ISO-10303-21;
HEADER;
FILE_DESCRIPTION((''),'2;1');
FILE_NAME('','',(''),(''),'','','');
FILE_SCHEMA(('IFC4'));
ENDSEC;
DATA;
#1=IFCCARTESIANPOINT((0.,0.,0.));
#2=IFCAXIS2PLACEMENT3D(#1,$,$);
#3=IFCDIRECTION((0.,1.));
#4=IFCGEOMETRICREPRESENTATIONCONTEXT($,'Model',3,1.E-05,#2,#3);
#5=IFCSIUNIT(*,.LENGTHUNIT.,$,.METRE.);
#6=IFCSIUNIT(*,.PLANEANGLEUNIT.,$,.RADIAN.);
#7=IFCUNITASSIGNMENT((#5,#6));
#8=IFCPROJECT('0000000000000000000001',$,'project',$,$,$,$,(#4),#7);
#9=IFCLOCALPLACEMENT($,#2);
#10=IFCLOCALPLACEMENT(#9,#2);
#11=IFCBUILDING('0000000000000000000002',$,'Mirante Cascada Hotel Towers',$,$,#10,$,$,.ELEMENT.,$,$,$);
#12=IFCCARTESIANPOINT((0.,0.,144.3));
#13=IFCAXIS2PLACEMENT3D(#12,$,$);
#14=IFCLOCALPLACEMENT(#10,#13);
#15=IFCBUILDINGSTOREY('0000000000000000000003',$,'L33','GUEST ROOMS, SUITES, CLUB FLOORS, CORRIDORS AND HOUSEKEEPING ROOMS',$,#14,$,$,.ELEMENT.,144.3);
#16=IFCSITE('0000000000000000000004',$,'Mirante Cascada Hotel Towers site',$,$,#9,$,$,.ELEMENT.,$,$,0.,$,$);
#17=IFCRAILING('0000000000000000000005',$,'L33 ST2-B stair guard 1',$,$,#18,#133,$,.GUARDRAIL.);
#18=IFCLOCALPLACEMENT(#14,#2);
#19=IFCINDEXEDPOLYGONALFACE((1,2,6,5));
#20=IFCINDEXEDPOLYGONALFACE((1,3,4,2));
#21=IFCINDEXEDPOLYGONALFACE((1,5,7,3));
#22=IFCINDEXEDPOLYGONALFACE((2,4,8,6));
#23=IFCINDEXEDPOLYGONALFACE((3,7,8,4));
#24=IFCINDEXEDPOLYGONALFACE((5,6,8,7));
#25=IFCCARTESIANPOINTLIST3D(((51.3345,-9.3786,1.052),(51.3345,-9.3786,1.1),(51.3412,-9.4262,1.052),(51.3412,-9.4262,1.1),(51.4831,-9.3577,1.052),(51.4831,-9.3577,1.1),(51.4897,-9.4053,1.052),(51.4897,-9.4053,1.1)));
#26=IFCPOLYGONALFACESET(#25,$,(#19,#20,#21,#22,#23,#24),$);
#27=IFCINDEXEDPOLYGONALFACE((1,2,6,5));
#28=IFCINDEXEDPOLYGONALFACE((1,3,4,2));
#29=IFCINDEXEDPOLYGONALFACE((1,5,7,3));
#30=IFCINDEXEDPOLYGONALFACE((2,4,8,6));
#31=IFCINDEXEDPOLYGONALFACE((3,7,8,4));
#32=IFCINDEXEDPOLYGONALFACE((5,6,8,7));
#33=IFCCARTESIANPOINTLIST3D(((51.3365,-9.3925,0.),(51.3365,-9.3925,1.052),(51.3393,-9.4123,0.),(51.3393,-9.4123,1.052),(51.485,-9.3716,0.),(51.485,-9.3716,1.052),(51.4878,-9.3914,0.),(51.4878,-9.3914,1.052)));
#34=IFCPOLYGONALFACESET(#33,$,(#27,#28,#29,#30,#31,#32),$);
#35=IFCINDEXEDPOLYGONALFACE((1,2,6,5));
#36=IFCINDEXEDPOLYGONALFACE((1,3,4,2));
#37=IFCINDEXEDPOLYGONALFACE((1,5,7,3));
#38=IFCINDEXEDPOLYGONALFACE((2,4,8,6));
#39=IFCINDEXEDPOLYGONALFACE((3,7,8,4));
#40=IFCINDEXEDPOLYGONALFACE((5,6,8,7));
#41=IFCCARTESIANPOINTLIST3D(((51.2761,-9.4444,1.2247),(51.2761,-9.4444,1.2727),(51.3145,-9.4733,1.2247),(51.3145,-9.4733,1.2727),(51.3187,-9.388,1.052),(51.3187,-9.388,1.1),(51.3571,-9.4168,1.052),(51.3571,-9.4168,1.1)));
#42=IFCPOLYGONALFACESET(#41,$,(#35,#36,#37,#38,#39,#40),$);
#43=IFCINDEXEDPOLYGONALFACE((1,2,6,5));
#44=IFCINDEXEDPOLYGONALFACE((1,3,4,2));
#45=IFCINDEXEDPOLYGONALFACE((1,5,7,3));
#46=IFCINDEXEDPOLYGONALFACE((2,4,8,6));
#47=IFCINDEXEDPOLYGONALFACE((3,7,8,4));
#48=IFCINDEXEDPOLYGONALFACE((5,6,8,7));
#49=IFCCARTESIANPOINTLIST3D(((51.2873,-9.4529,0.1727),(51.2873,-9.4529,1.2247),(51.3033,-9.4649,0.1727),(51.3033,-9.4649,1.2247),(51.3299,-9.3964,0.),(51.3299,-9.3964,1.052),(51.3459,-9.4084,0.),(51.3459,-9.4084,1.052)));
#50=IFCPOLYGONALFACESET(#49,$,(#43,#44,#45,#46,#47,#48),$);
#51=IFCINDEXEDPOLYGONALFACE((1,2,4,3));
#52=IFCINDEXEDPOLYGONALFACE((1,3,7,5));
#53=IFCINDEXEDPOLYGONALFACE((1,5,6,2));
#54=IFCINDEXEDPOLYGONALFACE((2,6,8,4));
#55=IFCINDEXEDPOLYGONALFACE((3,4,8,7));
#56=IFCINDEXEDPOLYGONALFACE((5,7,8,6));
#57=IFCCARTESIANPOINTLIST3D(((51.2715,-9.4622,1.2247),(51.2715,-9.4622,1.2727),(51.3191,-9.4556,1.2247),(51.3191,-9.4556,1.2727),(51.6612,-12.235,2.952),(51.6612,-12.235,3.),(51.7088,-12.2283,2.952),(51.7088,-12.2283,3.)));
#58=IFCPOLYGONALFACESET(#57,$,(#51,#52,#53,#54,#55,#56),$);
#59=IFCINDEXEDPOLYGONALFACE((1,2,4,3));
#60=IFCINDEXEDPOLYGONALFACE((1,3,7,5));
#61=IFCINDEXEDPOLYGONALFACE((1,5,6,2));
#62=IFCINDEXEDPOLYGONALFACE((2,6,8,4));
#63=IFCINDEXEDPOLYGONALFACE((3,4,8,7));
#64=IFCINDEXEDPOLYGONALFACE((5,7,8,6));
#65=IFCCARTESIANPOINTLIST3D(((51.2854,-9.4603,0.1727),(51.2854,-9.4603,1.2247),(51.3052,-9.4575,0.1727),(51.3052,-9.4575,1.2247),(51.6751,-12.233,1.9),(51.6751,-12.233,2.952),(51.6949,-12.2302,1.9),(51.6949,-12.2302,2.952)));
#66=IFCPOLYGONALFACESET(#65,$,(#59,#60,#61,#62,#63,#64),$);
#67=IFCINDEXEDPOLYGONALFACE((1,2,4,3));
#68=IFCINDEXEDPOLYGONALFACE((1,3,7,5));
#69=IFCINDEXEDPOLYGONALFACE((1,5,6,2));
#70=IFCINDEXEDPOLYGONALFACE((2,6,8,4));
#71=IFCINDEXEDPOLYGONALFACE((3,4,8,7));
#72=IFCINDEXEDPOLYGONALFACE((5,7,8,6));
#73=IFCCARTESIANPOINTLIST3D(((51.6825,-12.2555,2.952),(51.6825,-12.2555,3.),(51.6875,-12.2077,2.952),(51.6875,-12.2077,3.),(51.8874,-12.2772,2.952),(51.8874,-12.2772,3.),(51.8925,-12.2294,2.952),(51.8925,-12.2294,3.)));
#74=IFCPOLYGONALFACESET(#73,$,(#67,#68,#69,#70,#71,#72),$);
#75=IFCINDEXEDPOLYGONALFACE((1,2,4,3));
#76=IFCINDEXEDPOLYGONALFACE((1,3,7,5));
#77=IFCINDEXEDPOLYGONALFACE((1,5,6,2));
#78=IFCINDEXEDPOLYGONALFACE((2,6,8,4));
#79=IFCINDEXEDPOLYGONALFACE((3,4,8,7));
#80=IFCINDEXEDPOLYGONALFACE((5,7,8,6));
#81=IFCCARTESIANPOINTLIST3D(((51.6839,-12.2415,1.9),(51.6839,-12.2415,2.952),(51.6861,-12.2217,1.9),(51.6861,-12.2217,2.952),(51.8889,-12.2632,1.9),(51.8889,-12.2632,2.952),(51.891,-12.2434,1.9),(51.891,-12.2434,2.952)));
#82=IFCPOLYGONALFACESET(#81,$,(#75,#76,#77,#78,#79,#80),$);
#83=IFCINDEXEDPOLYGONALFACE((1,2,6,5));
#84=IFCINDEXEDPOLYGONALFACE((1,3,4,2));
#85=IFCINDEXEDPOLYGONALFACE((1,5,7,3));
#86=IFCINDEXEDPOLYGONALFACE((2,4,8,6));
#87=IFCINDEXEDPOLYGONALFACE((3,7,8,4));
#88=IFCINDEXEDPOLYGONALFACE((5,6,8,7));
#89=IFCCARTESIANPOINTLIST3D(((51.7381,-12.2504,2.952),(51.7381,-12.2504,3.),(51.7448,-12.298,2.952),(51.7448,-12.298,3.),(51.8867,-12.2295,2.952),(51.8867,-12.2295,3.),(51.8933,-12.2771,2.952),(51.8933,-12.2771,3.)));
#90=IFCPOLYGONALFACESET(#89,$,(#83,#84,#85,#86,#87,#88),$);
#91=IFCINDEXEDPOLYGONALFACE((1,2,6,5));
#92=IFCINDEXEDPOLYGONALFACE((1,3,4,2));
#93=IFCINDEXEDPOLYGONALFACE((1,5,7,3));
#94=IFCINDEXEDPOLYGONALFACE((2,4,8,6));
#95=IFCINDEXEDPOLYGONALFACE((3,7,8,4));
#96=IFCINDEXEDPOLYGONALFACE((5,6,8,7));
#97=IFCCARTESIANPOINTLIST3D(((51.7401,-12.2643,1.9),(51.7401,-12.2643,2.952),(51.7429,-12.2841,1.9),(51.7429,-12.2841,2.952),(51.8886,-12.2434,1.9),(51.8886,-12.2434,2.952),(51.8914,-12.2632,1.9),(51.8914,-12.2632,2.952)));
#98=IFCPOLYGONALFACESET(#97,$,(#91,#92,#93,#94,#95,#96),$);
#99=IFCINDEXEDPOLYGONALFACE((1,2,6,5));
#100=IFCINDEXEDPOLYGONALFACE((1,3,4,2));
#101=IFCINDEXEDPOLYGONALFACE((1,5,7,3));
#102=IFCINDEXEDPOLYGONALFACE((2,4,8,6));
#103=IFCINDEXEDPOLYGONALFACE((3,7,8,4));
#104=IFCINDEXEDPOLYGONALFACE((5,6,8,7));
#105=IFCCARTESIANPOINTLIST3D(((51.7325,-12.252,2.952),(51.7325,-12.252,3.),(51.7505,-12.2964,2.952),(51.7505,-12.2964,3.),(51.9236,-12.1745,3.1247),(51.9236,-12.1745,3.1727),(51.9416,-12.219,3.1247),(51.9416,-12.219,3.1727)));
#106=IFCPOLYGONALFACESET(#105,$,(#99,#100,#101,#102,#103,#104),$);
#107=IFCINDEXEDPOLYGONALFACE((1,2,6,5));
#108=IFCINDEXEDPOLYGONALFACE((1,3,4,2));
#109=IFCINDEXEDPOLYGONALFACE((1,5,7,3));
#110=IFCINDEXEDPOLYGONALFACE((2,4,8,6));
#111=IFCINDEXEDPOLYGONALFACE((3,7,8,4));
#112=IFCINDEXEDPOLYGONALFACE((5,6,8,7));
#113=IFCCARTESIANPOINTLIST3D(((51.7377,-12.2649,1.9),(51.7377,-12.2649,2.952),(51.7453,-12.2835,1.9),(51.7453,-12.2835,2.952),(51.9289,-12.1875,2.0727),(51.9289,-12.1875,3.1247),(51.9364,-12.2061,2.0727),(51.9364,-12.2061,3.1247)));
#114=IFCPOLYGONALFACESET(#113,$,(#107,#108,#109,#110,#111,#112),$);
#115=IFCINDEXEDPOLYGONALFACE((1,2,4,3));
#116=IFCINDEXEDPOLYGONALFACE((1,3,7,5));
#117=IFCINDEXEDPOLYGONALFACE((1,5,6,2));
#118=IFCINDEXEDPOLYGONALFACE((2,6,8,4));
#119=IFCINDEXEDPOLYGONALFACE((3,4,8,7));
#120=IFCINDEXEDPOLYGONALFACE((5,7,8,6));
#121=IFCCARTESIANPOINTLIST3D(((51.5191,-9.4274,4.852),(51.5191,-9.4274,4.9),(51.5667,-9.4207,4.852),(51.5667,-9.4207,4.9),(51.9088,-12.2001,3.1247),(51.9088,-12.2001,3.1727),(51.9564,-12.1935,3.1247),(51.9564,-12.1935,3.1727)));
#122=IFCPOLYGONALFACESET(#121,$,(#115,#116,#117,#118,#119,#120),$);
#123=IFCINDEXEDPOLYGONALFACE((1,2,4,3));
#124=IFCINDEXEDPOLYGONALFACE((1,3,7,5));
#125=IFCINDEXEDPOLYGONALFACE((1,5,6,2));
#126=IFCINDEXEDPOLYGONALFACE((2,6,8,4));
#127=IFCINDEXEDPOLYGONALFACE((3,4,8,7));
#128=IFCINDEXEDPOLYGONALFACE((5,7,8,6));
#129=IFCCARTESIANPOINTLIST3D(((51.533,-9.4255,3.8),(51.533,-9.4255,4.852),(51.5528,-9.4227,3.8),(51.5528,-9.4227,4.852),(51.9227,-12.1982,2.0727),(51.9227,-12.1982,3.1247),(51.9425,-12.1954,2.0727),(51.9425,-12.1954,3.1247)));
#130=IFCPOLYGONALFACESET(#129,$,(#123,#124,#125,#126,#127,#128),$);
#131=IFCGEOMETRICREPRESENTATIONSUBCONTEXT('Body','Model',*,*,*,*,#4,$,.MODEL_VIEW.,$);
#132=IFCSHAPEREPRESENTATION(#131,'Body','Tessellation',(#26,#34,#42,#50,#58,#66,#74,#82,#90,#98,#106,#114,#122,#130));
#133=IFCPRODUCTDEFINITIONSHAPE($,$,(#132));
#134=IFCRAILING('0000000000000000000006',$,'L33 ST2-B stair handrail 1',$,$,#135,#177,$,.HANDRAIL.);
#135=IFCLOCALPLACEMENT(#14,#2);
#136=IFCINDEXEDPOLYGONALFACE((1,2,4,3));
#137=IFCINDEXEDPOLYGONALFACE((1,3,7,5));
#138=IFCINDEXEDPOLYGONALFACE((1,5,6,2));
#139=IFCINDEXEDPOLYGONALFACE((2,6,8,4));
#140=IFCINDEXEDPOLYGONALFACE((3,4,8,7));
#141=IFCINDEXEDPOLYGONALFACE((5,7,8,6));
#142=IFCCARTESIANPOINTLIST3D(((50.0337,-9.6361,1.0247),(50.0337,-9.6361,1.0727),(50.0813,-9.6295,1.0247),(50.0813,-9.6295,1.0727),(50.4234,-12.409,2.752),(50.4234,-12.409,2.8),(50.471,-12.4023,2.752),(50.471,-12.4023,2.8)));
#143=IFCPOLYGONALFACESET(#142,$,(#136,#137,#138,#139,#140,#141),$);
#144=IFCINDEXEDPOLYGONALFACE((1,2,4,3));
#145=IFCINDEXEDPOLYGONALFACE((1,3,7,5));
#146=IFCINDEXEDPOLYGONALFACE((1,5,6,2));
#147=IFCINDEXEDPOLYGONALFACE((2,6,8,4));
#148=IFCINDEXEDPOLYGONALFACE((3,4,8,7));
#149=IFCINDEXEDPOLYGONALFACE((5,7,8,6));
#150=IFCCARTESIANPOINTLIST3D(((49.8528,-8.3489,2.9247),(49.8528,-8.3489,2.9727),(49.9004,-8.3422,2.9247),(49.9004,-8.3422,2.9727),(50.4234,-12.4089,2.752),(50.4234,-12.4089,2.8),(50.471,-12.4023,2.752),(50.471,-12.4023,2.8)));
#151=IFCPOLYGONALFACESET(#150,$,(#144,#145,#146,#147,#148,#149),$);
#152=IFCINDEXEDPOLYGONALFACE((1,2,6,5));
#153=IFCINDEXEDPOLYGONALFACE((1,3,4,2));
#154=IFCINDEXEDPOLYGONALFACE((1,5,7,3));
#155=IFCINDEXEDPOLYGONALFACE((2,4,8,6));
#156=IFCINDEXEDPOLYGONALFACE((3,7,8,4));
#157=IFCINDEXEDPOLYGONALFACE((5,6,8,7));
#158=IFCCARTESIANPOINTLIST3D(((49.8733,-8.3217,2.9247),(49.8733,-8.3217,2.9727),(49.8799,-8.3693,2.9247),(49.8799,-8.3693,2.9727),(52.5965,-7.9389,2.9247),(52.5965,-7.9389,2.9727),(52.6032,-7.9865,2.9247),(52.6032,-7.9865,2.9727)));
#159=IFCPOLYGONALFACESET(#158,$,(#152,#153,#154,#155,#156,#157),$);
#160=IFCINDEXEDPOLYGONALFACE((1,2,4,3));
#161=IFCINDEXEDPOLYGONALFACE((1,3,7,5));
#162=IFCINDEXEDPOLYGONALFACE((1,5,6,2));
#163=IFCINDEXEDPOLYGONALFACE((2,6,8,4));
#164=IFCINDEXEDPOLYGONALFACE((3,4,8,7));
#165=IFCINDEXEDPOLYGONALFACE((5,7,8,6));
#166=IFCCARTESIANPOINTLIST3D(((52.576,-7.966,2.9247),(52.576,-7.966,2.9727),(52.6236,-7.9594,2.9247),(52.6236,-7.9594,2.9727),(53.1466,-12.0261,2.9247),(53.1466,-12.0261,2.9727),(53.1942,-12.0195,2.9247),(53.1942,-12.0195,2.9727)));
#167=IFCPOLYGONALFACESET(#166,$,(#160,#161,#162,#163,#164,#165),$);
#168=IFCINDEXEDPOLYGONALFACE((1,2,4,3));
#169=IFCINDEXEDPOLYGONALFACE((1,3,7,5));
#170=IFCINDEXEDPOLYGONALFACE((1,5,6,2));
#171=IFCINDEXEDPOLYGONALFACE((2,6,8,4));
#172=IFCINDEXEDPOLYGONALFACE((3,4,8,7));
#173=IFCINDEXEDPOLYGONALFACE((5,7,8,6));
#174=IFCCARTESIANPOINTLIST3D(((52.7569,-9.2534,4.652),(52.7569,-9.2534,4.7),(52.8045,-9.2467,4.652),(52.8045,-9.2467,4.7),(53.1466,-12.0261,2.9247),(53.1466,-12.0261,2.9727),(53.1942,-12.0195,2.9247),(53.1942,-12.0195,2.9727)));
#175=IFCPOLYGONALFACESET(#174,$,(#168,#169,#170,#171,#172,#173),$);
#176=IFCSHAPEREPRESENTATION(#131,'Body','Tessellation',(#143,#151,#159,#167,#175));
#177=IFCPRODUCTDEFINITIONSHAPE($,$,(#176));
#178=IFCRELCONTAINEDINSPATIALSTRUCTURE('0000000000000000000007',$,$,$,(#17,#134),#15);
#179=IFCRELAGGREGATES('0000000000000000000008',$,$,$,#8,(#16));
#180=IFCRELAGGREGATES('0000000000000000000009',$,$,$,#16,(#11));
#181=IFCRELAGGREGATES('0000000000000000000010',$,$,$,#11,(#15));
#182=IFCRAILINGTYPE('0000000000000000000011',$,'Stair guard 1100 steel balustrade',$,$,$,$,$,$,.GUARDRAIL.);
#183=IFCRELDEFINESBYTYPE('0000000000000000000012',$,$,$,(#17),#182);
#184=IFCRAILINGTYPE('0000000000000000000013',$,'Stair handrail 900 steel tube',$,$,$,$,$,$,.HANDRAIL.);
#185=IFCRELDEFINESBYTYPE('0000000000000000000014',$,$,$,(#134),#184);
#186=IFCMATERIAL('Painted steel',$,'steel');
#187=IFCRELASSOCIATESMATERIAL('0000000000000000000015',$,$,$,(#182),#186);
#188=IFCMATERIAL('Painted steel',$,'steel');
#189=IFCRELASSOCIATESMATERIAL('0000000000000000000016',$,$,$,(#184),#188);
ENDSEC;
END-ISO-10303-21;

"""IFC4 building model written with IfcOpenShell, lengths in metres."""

from ifc_helpers import new_model, si_unit, direction, frame, origin, origin_2d, place, context, subcontext, project, spatial, rectangle, extrude, material, type_object, element, save


model = new_model("IFC4")

# Units and contexts
model_context = context("Model", 3, precision=1e-05, world=origin(), true_north=direction((0.0, 1.0)))
body_context = subcontext(model_context, "Body", "Model", "MODEL_VIEW")
ifc_project = project(units=[si_unit("LENGTHUNIT", "METRE"), si_unit("PLANEANGLEUNIT", "RADIAN")], contexts=[model_context])

# Site, building, storey
site_placement = place(None, origin())
site = spatial("IfcSite", under=ifc_project, at=site_placement, Name="Mirante Cascada Hotel Towers site", CompositionType="ELEMENT", RefElevation=0.0)
building_placement = place(site_placement, origin())
building = spatial("IfcBuilding", under=site, at=building_placement, Name="Mirante Cascada Hotel Towers", CompositionType="ELEMENT")
storey_placement = place(building_placement, frame((0.0, 0.0, 144.3)))
storey = spatial("IfcBuildingStorey", under=building, at=storey_placement, Name="L33", Description="GUEST ROOMS, SUITES, CLUB FLOORS, CORRIDORS AND HOUSEKEEPING ROOMS", CompositionType="ELEMENT", Elevation=144.3)

# Railings
ifc_material_1 = material(Name="Painted steel", Category="steel")
railing_type_1 = type_object("IfcRailingType", Name="Stair guard 1100 steel balustrade", PredefinedType="GUARDRAIL", material=ifc_material_1)
railing_1_placement = place(storey_placement, frame((51.4864, -9.3815, 0.0)))
element("IfcRailing", 1, at=railing_1_placement, inside=storey, type_object=railing_type_1, Name="L33 ST2-B stair guard 1", PredefinedType="GUARDRAIL", context=body_context, shape_type="SweptSolid", body=[
    extrude(rectangle(XDim=0.048, YDim=0.048, at=origin_2d()), frame((0.0, 0.0, 1.076), z_axis=(-0.990241, -0.139367, 0.0), x_axis=(0.139367, -0.990241, 0.0)), (0.0, 0.0, 1.0), 0.15),
    extrude(rectangle(XDim=0.02, YDim=1.052, at=origin_2d()), frame((0.0, 0.0, 0.526), z_axis=(-0.990241, -0.139367, 0.0), x_axis=(0.139367, -0.990241, 0.0)), (0.0, 0.0, 1.0), 0.15),
    extrude(rectangle(XDim=0.048, YDim=0.048, at=origin_2d()), frame((-0.1485, -0.0209, 1.076), z_axis=(-0.602033, -0.798471, 0.0), x_axis=(0.798471, -0.602033, 0.0)), (0.0, 0.92534, 0.379139), 0.1866),
    extrude(rectangle(XDim=0.02, YDim=1.052, at=origin_2d()), frame((-0.1485, -0.0209, 0.526), z_axis=(-0.602033, -0.798471, 0.0), x_axis=(0.798471, -0.602033, 0.0)), (0.0, 0.92534, 0.379139), 0.1866),
    extrude(rectangle(XDim=0.048, YDim=0.048, at=origin_2d()), frame((-0.1911, -0.0774, 1.2487), z_axis=(0.139181, -0.990267, 0.0), x_axis=(0.990267, 0.139181, 0.0)), (0.0, 0.525035, 0.851081), 3.2899),
    extrude(rectangle(XDim=0.02, YDim=1.052, at=origin_2d()), frame((-0.1911, -0.0774, 0.6987), z_axis=(0.139181, -0.990267, 0.0), x_axis=(0.990267, 0.139181, 0.0)), (0.0, 0.525035, 0.851081), 3.2899),
    extrude(rectangle(XDim=0.048, YDim=0.048, at=origin_2d()), frame((0.1986, -2.8501, 2.976), z_axis=(0.994444, -0.105266, 0.0), x_axis=(0.105266, 0.994444, 0.0)), (0.0, 0.0, 1.0), 0.2061),
    extrude(rectangle(XDim=0.02, YDim=1.052, at=origin_2d()), frame((0.1986, -2.8501, 2.426), z_axis=(0.994444, -0.105266, 0.0), x_axis=(0.105266, 0.994444, 0.0)), (0.0, 0.0, 1.0), 0.2061),
    extrude(rectangle(XDim=0.048, YDim=0.048, at=origin_2d()), frame((0.4036, -2.8718, 2.976), z_axis=(-0.990241, -0.139367, 0.0), x_axis=(0.139367, -0.990241, 0.0)), (0.0, 0.0, 1.0), 0.15),
    extrude(rectangle(XDim=0.02, YDim=1.052, at=origin_2d()), frame((0.4036, -2.8718, 2.426), z_axis=(-0.990241, -0.139367, 0.0), x_axis=(0.139367, -0.990241, 0.0)), (0.0, 0.0, 1.0), 0.15),
    extrude(rectangle(XDim=0.048, YDim=0.048, at=origin_2d()), frame((0.2551, -2.8927, 2.976), z_axis=(0.926862, 0.375401, 0.0), x_axis=(-0.375401, 0.926862, 0.0)), (0.0, 0.642122, 0.766603), 0.269),
    extrude(rectangle(XDim=0.02, YDim=1.052, at=origin_2d()), frame((0.2551, -2.8927, 2.426), z_axis=(0.926862, 0.375401, 0.0), x_axis=(-0.375401, 0.926862, 0.0)), (0.0, 0.642122, 0.766603), 0.269),
    extrude(rectangle(XDim=0.048, YDim=0.048, at=origin_2d()), frame((0.4462, -2.8153, 3.1487), z_axis=(-0.139181, 0.990267, 0.0), x_axis=(-0.990267, -0.139181, 0.0)), (0.0, 0.525035, 0.851081), 3.2899),
    extrude(rectangle(XDim=0.02, YDim=1.052, at=origin_2d()), frame((0.4462, -2.8153, 2.5987), z_axis=(-0.139181, 0.990267, 0.0), x_axis=(-0.990267, -0.139181, 0.0)), (0.0, 0.525035, 0.851081), 3.2899),
])
ifc_material_2 = material(Name="Painted steel", Category="steel")
railing_type_2 = type_object("IfcRailingType", Name="Stair handrail 900 steel tube", PredefinedType="HANDRAIL", material=ifc_material_2)
railing_2_placement = place(storey_placement, frame((50.0575, -9.6328, 0.1727)))
element("IfcRailing", 2, at=railing_2_placement, inside=storey, type_object=railing_type_2, Name="L33 ST2-B stair handrail 1", PredefinedType="HANDRAIL", context=body_context, shape_type="SweptSolid", body=[
    extrude(rectangle(XDim=0.048, YDim=0.048, at=origin_2d()), frame((0.0, 0.0, 0.876), z_axis=(0.139176, -0.990268, 0.0), x_axis=(0.990268, 0.139176, 0.0)), (0.0, 0.525021, 0.851089), 3.29),
    extrude(rectangle(XDim=0.048, YDim=0.048, at=origin_2d()), frame((0.3897, -2.7728, 2.6033), z_axis=(-0.139171, 0.990268, 0.0), x_axis=(-0.990268, -0.139171, 0.0)), (0.0, 0.042085, 0.999114), 4.1036),
    extrude(rectangle(XDim=0.048, YDim=0.048, at=origin_2d()), frame((-0.1809, 1.2873, 2.776), z_axis=(0.990264, 0.139201, 0.0), x_axis=(-0.139201, 0.990264, 0.0)), (0.0, 0.0, 1.0), 2.75),
    extrude(rectangle(XDim=0.048, YDim=0.048, at=origin_2d()), frame((2.5423, 1.6701, 2.776), z_axis=(0.139171, -0.990268, 0.0), x_axis=(0.990268, 0.139171, 0.0)), (0.0, 0.0, 1.0), 4.1),
    extrude(rectangle(XDim=0.048, YDim=0.048, at=origin_2d()), frame((3.1129, -2.39, 2.776), z_axis=(-0.139181, 0.990267, 0.0), x_axis=(-0.990267, -0.139181, 0.0)), (0.0, 0.525035, 0.851081), 3.2899),
])

save(model, "model.ifc")
